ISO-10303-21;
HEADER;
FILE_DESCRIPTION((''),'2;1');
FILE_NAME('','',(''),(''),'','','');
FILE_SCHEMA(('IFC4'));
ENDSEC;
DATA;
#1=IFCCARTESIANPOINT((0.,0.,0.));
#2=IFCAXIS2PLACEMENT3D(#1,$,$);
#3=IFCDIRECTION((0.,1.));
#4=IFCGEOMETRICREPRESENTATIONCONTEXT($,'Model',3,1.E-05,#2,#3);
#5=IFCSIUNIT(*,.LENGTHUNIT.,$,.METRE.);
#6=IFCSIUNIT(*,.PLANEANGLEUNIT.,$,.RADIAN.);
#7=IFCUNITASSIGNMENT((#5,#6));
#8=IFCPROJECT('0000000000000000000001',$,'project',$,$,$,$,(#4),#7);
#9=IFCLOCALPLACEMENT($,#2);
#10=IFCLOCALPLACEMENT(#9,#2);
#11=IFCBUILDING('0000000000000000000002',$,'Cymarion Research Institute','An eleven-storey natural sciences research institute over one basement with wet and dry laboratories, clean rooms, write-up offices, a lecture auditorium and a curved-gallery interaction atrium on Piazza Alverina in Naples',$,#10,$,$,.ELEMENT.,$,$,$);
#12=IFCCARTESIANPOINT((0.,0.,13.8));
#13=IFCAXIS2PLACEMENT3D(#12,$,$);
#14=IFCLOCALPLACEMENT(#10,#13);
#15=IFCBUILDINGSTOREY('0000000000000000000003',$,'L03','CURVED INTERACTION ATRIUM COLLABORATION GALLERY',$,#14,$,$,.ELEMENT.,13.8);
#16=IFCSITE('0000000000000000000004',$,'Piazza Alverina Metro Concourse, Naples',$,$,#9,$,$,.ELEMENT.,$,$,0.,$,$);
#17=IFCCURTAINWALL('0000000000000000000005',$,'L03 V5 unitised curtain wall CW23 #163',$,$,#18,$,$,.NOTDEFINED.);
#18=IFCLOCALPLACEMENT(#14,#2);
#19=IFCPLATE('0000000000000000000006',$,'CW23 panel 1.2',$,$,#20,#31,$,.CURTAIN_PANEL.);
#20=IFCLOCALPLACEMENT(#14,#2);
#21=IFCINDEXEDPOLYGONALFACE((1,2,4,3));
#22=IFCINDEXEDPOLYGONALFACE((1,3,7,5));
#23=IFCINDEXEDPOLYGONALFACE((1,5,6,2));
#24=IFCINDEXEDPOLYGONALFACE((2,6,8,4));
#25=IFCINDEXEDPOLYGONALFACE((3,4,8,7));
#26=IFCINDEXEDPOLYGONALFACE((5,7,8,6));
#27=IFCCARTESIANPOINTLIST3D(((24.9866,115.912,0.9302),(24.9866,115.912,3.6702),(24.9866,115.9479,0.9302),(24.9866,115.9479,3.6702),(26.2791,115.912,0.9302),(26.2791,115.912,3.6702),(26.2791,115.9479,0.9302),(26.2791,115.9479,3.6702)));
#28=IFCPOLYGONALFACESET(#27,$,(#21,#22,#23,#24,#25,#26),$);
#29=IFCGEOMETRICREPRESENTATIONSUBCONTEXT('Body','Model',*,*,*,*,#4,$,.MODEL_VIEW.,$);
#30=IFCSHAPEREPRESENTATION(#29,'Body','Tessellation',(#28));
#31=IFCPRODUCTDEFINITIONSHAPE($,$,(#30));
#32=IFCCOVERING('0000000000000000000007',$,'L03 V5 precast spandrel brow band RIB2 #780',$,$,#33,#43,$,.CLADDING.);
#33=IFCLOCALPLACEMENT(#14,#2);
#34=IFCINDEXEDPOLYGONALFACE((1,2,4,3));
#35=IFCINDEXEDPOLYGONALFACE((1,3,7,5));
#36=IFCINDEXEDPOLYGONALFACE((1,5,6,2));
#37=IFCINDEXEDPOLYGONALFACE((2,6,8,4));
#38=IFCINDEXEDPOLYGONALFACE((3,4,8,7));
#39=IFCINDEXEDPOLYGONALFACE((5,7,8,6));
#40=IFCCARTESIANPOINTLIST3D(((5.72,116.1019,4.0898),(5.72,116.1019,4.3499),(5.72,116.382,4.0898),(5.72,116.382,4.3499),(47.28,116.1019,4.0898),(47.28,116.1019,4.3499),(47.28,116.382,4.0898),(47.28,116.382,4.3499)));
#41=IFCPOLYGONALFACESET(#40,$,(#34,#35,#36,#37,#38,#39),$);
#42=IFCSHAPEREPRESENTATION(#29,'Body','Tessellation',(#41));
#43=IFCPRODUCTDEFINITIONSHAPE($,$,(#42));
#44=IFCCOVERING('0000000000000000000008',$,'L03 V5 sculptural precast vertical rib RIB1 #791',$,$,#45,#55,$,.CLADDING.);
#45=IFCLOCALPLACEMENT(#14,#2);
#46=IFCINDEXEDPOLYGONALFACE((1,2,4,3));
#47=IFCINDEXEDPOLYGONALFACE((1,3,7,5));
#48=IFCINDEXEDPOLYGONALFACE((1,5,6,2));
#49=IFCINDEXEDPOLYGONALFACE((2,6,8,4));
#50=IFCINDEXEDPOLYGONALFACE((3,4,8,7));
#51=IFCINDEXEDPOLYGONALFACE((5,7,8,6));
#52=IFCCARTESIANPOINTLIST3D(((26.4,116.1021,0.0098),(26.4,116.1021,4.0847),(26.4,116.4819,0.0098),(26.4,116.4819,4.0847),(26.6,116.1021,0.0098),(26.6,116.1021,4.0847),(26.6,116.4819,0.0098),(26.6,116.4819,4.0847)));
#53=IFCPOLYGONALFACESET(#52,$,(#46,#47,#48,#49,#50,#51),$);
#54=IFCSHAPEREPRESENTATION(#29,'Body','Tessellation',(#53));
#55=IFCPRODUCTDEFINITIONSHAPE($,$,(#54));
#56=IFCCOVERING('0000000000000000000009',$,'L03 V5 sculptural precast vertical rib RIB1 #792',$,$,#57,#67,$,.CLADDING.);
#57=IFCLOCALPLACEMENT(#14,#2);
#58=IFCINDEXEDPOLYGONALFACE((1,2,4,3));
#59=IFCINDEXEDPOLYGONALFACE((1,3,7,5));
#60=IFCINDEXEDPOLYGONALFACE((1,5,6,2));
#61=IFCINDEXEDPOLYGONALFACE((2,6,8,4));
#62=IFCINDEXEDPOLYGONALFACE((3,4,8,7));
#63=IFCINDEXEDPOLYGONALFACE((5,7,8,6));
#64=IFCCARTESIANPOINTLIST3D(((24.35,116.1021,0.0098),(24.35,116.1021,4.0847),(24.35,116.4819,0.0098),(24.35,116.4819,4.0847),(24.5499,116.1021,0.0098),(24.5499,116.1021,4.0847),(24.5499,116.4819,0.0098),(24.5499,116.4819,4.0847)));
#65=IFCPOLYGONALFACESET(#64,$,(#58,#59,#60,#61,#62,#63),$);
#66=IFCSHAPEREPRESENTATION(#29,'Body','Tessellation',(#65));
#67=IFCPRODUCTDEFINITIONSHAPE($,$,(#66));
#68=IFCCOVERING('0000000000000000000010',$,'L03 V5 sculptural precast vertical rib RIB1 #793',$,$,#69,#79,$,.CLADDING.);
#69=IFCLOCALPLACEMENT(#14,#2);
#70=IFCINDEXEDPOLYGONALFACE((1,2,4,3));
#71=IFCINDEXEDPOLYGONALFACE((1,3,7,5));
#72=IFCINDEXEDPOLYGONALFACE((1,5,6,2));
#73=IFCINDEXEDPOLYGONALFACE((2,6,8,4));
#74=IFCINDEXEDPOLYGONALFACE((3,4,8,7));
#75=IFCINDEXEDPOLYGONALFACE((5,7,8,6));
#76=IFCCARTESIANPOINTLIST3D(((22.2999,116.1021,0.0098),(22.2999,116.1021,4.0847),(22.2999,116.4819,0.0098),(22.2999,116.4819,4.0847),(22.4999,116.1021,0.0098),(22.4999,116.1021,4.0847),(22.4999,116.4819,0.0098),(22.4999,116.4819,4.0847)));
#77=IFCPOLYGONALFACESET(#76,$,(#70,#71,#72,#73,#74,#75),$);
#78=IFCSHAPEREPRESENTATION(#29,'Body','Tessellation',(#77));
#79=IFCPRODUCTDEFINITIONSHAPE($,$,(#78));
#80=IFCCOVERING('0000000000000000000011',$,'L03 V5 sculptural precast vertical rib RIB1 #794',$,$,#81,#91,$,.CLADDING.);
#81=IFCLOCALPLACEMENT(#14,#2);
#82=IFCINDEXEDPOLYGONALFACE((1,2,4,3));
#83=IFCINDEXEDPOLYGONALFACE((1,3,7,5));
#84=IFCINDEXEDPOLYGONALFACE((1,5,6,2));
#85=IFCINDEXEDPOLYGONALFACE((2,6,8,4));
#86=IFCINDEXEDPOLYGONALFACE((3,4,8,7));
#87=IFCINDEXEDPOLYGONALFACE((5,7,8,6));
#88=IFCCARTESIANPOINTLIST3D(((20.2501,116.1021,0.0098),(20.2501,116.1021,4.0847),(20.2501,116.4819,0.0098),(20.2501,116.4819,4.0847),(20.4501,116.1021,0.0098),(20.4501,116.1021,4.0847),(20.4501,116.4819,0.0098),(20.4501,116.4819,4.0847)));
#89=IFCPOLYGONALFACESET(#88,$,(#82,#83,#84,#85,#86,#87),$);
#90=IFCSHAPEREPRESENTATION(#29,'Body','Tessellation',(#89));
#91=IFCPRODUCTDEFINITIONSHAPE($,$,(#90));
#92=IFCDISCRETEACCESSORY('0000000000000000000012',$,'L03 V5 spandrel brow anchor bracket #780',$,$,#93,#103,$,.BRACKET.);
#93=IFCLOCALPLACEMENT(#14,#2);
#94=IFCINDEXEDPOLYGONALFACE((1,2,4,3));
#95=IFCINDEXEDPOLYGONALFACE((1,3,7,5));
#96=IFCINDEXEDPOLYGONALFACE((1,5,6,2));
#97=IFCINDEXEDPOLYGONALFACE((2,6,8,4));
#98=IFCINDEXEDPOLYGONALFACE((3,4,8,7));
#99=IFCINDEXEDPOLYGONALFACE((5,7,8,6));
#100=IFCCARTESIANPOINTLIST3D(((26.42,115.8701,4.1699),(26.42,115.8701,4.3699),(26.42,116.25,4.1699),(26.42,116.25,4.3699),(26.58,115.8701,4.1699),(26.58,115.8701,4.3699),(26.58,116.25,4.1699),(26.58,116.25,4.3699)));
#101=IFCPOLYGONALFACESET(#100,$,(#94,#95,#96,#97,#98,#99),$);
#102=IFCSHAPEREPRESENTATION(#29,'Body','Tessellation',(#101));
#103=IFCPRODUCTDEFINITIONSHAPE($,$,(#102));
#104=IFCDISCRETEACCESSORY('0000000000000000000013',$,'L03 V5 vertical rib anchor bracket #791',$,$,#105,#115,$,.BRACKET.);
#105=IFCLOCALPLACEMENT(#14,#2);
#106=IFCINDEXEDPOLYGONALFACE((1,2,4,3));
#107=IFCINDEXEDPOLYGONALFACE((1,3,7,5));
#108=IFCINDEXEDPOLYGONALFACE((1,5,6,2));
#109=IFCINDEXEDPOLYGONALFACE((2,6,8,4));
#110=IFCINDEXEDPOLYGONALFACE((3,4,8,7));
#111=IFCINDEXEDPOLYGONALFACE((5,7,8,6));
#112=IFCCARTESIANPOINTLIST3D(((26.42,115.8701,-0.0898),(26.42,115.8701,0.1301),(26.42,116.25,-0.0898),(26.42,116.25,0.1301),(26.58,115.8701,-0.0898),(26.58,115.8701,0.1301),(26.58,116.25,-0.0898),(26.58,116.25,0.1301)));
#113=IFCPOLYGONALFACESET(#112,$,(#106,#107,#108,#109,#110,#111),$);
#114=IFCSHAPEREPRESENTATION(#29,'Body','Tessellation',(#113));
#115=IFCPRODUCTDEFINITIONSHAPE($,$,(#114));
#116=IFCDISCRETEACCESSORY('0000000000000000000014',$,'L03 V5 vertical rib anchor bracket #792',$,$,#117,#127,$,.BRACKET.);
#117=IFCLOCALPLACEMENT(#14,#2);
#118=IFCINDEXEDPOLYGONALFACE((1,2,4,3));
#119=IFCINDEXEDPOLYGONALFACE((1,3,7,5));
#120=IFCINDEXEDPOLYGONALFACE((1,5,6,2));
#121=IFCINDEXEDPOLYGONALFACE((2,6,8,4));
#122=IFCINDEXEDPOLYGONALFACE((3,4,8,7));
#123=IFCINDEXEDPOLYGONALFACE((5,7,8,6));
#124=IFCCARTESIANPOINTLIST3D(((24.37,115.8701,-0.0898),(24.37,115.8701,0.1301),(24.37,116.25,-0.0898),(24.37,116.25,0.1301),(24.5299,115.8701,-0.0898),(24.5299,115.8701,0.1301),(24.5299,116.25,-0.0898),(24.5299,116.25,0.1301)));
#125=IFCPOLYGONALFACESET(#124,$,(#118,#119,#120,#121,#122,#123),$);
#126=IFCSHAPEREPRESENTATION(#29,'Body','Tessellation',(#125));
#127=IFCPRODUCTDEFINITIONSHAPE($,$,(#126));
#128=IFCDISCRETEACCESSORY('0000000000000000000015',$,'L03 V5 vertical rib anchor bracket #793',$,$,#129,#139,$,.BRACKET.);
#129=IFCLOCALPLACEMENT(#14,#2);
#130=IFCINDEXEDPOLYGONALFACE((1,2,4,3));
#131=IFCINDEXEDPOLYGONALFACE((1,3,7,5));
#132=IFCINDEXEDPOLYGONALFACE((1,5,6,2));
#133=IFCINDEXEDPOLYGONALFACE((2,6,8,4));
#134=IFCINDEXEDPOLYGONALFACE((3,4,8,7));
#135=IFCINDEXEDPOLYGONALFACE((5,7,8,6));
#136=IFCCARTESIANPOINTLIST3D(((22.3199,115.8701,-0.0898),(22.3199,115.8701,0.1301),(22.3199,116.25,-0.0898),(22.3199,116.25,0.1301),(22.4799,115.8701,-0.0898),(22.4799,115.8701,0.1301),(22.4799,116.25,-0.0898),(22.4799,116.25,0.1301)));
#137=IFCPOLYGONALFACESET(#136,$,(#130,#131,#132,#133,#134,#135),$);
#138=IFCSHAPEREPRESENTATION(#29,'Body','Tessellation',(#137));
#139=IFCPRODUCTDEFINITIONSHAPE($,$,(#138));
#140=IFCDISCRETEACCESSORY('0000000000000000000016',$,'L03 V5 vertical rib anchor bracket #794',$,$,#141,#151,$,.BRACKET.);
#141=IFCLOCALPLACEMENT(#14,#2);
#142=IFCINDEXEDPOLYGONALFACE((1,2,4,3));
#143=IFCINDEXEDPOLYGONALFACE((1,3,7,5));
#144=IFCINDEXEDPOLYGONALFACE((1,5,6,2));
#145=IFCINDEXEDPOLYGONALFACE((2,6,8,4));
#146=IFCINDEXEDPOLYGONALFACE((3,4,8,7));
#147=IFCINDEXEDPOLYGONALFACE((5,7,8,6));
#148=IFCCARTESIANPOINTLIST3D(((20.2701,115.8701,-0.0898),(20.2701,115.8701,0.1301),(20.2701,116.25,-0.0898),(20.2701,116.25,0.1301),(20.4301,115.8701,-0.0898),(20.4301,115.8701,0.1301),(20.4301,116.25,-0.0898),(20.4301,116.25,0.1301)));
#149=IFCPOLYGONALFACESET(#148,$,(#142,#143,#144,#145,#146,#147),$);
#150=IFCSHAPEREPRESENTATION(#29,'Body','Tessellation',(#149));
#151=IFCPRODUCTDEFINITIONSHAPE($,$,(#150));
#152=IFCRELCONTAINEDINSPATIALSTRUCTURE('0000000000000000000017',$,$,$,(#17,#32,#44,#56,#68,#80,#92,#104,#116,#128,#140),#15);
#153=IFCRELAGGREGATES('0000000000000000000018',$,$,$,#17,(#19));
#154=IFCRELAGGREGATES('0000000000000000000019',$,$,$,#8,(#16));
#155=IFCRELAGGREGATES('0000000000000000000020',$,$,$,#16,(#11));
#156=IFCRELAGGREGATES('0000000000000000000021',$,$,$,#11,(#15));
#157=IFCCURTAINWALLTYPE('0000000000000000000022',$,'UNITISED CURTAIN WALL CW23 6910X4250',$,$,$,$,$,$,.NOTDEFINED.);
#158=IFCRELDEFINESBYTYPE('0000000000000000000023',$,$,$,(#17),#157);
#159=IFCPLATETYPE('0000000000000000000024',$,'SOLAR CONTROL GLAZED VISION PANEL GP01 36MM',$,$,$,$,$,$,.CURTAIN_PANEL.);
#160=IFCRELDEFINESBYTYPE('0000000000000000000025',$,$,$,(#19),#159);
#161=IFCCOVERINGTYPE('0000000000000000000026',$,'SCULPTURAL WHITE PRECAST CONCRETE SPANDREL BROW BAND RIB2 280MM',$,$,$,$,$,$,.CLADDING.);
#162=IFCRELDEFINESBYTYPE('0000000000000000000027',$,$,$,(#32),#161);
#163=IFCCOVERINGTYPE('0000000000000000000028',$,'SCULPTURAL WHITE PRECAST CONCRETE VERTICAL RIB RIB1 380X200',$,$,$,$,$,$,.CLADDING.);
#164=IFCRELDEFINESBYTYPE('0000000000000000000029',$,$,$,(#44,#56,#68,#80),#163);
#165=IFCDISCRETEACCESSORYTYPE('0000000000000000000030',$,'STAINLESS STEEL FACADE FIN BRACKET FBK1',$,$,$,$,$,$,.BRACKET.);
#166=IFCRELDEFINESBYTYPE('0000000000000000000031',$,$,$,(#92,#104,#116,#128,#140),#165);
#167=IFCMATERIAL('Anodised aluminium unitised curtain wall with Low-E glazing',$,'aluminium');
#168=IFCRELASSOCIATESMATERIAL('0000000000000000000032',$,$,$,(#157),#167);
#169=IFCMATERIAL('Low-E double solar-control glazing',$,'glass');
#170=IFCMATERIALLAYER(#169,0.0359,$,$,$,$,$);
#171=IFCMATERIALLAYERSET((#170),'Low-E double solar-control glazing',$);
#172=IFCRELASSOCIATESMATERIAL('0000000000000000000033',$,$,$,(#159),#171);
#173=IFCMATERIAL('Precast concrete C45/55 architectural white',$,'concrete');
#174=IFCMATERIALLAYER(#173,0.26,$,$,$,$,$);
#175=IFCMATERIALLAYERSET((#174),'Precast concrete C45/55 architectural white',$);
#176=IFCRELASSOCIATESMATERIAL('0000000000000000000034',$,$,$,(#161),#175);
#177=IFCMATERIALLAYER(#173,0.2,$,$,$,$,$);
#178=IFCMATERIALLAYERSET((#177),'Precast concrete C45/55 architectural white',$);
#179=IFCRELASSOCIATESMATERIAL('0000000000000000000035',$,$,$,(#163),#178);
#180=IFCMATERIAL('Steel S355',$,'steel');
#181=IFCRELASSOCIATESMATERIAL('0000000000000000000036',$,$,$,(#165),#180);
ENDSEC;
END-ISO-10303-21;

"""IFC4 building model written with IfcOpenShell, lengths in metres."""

from ifc_helpers import new_model, si_unit, direction, frame, origin, origin_2d, place, context, subcontext, project, spatial, rectangle, extrude, material, layer, layer_set, type_object, element, aggregate, save


model = new_model("IFC4")

# Units and contexts
model_context = context("Model", 3, precision=1e-05, world=origin(), true_north=direction((0.0, 1.0)))
body_context = subcontext(model_context, "Body", "Model", "MODEL_VIEW")
ifc_project = project(units=[si_unit("LENGTHUNIT", "METRE"), si_unit("PLANEANGLEUNIT", "RADIAN")], contexts=[model_context])

# Site, building, storey
site_placement = place(None, origin())
site = spatial("IfcSite", under=ifc_project, at=site_placement, Name="Piazza Alverina Metro Concourse, Naples", CompositionType="ELEMENT", RefElevation=0.0)
building_placement = place(site_placement, origin())
building = spatial("IfcBuilding", under=site, at=building_placement, Name="Cymarion Research Institute", Description="An eleven-storey natural sciences research institute over one basement with wet and dry laboratories, clean rooms, write-up offices, a lecture auditorium and a curved-gallery interaction atrium on Piazza Alverina in Naples", CompositionType="ELEMENT")
storey_placement = place(building_placement, frame((0.0, 0.0, 13.8)))
storey = spatial("IfcBuildingStorey", under=building, at=storey_placement, Name="L03", Description="CURVED INTERACTION ATRIUM COLLABORATION GALLERY", CompositionType="ELEMENT", Elevation=13.8)

# Shared definitions
ifc_material_1 = material(Name="Anodised aluminium unitised curtain wall with Low-E glazing", Category="aluminium")
curtain_wall_type = type_object("IfcCurtainWallType", Name="UNITISED CURTAIN WALL CW23 6910X4250", PredefinedType="NOTDEFINED", material=ifc_material_1)

# Curtain wall
curtain_wall_1_placement = place(storey_placement, origin())
curtain_wall_1 = element("IfcCurtainWall", 1, at=curtain_wall_1_placement, inside=storey, type_object=curtain_wall_type, Name="L03 V5 unitised curtain wall CW23 #163", PredefinedType="NOTDEFINED")

# Plate
ifc_material_2 = material(Name="Low-E double solar-control glazing", Category="glass")
ifc_layer_1 = layer(ifc_material_2, 0.0359)
ifc_layer_set_1 = layer_set([ifc_layer_1], Name="Low-E double solar-control glazing")
plate_type_1 = type_object("IfcPlateType", Name="SOLAR CONTROL GLAZED VISION PANEL GP01 36MM", PredefinedType="CURTAIN_PANEL", material=ifc_layer_set_1)
plate_1_placement = place(storey_placement, frame((25.6328, 115.9299, 0.9302), z_axis=(0.0, 0.0, 1.0), x_axis=(-1.0, 0.0, 0.0)))
plate_1 = element("IfcPlate", 2, at=plate_1_placement, type_object=plate_type_1, Name="CW23 panel 1.2", PredefinedType="CURTAIN_PANEL", context=body_context, shape_type="SweptSolid", body=[
    extrude(rectangle(XDim=1.2925, YDim=0.0359, at=origin_2d()), origin(), (0.0, 0.0, 1.0), 2.74),
])
aggregate(curtain_wall_1, [plate_1])

# Coverings
ifc_material_3 = material(Name="Precast concrete C45/55 architectural white", Category="concrete")
ifc_layer_2 = layer(ifc_material_3, 0.26)
ifc_layer_set_2 = layer_set([ifc_layer_2], Name="Precast concrete C45/55 architectural white")
covering_type_1 = type_object("IfcCoveringType", Name="SCULPTURAL WHITE PRECAST CONCRETE SPANDREL BROW BAND RIB2 280MM", PredefinedType="CLADDING", material=ifc_layer_set_2)
covering_placement = place(storey_placement, frame((26.5, 116.2419, 4.0898), z_axis=(0.0, 0.0, 1.0), x_axis=(0.0, 1.0, 0.0)))
element("IfcCovering", 3, at=covering_placement, inside=storey, type_object=covering_type_1, Name="L03 V5 precast spandrel brow band RIB2 #780", PredefinedType="CLADDING", context=body_context, shape_type="SweptSolid", body=[
    extrude(rectangle(XDim=0.28, YDim=41.5601, at=origin_2d()), origin(), (0.0, 0.0, 1.0), 0.26),
])
ifc_layer_3 = layer(ifc_material_3, 0.2)
ifc_layer_set_3 = layer_set([ifc_layer_3], Name="Precast concrete C45/55 architectural white")
covering_type_2 = type_object("IfcCoveringType", Name="SCULPTURAL WHITE PRECAST CONCRETE VERTICAL RIB RIB1 380X200", PredefinedType="CLADDING", material=ifc_layer_set_3)
for number, where, z_axis, x_axis, name in (
    (4, (26.5, 116.292, 0.0098), (0.0, 0.0, 1.0), (0.0, 1.0, 0.0), "L03 V5 sculptural precast vertical rib RIB1 #791"),
    (5, (24.45, 116.292, 0.0098), (0.0, 0.0, 1.0), (0.0, 1.0, 0.0), "L03 V5 sculptural precast vertical rib RIB1 #792"),
    (6, (22.3999, 116.292, 0.0098), (0.0, 0.0, 1.0), (0.0, 1.0, 0.0), "L03 V5 sculptural precast vertical rib RIB1 #793"),
    (7, (20.3501, 116.292, 0.0098), (0.0, 0.0, 1.0), (0.0, 1.0, 0.0), "L03 V5 sculptural precast vertical rib RIB1 #794"),
):
    element("IfcCovering", number, at=place(storey_placement, frame(where, z_axis=z_axis, x_axis=x_axis)), inside=storey, type_object=covering_type_2, Name=name, PredefinedType="CLADDING", context=body_context, shape_type="SweptSolid", body=[
        extrude(rectangle(XDim=0.3799, YDim=0.2, at=origin_2d()), origin(), (0.0, 0.0, 1.0), 4.075),
    ])

# Discrete accessories
ifc_material_4 = material(Name="Steel S355", Category="steel")
discrete_accessory_type = type_object("IfcDiscreteAccessoryType", Name="STAINLESS STEEL FACADE FIN BRACKET FBK1", PredefinedType="BRACKET", material=ifc_material_4)
discrete_accessory_placement = place(storey_placement, frame((26.5, 116.0601, 4.1699), z_axis=(0.0, 0.0, 1.0), x_axis=(0.0, 1.0, 0.0)))
element("IfcDiscreteAccessory", 8, at=discrete_accessory_placement, inside=storey, type_object=discrete_accessory_type, Name="L03 V5 spandrel brow anchor bracket #780", PredefinedType="BRACKET", context=body_context, shape_type="SweptSolid", body=[
    extrude(rectangle(XDim=0.3799, YDim=0.1599, at=origin_2d()), origin(), (0.0, 0.0, 1.0), 0.2),
])
for number, where, z_axis, x_axis, name in (
    (9, (26.5, 116.0601, -0.0898), (0.0, 0.0, 1.0), (0.0, 1.0, 0.0), "L03 V5 vertical rib anchor bracket #791"),
    (10, (24.45, 116.0601, -0.0898), (0.0, 0.0, 1.0), (0.0, 1.0, 0.0), "L03 V5 vertical rib anchor bracket #792"),
    (11, (22.3999, 116.0601, -0.0898), (0.0, 0.0, 1.0), (0.0, 1.0, 0.0), "L03 V5 vertical rib anchor bracket #793"),
    (12, (20.3501, 116.0601, -0.0898), (0.0, 0.0, 1.0), (0.0, 1.0, 0.0), "L03 V5 vertical rib anchor bracket #794"),
):
    element("IfcDiscreteAccessory", number, at=place(storey_placement, frame(where, z_axis=z_axis, x_axis=x_axis)), inside=storey, type_object=discrete_accessory_type, Name=name, PredefinedType="BRACKET", context=body_context, shape_type="SweptSolid", body=[
        extrude(rectangle(XDim=0.3799, YDim=0.1599, at=origin_2d()), origin(), (0.0, 0.0, 1.0), 0.22),
    ])

save(model, "model.ifc")
